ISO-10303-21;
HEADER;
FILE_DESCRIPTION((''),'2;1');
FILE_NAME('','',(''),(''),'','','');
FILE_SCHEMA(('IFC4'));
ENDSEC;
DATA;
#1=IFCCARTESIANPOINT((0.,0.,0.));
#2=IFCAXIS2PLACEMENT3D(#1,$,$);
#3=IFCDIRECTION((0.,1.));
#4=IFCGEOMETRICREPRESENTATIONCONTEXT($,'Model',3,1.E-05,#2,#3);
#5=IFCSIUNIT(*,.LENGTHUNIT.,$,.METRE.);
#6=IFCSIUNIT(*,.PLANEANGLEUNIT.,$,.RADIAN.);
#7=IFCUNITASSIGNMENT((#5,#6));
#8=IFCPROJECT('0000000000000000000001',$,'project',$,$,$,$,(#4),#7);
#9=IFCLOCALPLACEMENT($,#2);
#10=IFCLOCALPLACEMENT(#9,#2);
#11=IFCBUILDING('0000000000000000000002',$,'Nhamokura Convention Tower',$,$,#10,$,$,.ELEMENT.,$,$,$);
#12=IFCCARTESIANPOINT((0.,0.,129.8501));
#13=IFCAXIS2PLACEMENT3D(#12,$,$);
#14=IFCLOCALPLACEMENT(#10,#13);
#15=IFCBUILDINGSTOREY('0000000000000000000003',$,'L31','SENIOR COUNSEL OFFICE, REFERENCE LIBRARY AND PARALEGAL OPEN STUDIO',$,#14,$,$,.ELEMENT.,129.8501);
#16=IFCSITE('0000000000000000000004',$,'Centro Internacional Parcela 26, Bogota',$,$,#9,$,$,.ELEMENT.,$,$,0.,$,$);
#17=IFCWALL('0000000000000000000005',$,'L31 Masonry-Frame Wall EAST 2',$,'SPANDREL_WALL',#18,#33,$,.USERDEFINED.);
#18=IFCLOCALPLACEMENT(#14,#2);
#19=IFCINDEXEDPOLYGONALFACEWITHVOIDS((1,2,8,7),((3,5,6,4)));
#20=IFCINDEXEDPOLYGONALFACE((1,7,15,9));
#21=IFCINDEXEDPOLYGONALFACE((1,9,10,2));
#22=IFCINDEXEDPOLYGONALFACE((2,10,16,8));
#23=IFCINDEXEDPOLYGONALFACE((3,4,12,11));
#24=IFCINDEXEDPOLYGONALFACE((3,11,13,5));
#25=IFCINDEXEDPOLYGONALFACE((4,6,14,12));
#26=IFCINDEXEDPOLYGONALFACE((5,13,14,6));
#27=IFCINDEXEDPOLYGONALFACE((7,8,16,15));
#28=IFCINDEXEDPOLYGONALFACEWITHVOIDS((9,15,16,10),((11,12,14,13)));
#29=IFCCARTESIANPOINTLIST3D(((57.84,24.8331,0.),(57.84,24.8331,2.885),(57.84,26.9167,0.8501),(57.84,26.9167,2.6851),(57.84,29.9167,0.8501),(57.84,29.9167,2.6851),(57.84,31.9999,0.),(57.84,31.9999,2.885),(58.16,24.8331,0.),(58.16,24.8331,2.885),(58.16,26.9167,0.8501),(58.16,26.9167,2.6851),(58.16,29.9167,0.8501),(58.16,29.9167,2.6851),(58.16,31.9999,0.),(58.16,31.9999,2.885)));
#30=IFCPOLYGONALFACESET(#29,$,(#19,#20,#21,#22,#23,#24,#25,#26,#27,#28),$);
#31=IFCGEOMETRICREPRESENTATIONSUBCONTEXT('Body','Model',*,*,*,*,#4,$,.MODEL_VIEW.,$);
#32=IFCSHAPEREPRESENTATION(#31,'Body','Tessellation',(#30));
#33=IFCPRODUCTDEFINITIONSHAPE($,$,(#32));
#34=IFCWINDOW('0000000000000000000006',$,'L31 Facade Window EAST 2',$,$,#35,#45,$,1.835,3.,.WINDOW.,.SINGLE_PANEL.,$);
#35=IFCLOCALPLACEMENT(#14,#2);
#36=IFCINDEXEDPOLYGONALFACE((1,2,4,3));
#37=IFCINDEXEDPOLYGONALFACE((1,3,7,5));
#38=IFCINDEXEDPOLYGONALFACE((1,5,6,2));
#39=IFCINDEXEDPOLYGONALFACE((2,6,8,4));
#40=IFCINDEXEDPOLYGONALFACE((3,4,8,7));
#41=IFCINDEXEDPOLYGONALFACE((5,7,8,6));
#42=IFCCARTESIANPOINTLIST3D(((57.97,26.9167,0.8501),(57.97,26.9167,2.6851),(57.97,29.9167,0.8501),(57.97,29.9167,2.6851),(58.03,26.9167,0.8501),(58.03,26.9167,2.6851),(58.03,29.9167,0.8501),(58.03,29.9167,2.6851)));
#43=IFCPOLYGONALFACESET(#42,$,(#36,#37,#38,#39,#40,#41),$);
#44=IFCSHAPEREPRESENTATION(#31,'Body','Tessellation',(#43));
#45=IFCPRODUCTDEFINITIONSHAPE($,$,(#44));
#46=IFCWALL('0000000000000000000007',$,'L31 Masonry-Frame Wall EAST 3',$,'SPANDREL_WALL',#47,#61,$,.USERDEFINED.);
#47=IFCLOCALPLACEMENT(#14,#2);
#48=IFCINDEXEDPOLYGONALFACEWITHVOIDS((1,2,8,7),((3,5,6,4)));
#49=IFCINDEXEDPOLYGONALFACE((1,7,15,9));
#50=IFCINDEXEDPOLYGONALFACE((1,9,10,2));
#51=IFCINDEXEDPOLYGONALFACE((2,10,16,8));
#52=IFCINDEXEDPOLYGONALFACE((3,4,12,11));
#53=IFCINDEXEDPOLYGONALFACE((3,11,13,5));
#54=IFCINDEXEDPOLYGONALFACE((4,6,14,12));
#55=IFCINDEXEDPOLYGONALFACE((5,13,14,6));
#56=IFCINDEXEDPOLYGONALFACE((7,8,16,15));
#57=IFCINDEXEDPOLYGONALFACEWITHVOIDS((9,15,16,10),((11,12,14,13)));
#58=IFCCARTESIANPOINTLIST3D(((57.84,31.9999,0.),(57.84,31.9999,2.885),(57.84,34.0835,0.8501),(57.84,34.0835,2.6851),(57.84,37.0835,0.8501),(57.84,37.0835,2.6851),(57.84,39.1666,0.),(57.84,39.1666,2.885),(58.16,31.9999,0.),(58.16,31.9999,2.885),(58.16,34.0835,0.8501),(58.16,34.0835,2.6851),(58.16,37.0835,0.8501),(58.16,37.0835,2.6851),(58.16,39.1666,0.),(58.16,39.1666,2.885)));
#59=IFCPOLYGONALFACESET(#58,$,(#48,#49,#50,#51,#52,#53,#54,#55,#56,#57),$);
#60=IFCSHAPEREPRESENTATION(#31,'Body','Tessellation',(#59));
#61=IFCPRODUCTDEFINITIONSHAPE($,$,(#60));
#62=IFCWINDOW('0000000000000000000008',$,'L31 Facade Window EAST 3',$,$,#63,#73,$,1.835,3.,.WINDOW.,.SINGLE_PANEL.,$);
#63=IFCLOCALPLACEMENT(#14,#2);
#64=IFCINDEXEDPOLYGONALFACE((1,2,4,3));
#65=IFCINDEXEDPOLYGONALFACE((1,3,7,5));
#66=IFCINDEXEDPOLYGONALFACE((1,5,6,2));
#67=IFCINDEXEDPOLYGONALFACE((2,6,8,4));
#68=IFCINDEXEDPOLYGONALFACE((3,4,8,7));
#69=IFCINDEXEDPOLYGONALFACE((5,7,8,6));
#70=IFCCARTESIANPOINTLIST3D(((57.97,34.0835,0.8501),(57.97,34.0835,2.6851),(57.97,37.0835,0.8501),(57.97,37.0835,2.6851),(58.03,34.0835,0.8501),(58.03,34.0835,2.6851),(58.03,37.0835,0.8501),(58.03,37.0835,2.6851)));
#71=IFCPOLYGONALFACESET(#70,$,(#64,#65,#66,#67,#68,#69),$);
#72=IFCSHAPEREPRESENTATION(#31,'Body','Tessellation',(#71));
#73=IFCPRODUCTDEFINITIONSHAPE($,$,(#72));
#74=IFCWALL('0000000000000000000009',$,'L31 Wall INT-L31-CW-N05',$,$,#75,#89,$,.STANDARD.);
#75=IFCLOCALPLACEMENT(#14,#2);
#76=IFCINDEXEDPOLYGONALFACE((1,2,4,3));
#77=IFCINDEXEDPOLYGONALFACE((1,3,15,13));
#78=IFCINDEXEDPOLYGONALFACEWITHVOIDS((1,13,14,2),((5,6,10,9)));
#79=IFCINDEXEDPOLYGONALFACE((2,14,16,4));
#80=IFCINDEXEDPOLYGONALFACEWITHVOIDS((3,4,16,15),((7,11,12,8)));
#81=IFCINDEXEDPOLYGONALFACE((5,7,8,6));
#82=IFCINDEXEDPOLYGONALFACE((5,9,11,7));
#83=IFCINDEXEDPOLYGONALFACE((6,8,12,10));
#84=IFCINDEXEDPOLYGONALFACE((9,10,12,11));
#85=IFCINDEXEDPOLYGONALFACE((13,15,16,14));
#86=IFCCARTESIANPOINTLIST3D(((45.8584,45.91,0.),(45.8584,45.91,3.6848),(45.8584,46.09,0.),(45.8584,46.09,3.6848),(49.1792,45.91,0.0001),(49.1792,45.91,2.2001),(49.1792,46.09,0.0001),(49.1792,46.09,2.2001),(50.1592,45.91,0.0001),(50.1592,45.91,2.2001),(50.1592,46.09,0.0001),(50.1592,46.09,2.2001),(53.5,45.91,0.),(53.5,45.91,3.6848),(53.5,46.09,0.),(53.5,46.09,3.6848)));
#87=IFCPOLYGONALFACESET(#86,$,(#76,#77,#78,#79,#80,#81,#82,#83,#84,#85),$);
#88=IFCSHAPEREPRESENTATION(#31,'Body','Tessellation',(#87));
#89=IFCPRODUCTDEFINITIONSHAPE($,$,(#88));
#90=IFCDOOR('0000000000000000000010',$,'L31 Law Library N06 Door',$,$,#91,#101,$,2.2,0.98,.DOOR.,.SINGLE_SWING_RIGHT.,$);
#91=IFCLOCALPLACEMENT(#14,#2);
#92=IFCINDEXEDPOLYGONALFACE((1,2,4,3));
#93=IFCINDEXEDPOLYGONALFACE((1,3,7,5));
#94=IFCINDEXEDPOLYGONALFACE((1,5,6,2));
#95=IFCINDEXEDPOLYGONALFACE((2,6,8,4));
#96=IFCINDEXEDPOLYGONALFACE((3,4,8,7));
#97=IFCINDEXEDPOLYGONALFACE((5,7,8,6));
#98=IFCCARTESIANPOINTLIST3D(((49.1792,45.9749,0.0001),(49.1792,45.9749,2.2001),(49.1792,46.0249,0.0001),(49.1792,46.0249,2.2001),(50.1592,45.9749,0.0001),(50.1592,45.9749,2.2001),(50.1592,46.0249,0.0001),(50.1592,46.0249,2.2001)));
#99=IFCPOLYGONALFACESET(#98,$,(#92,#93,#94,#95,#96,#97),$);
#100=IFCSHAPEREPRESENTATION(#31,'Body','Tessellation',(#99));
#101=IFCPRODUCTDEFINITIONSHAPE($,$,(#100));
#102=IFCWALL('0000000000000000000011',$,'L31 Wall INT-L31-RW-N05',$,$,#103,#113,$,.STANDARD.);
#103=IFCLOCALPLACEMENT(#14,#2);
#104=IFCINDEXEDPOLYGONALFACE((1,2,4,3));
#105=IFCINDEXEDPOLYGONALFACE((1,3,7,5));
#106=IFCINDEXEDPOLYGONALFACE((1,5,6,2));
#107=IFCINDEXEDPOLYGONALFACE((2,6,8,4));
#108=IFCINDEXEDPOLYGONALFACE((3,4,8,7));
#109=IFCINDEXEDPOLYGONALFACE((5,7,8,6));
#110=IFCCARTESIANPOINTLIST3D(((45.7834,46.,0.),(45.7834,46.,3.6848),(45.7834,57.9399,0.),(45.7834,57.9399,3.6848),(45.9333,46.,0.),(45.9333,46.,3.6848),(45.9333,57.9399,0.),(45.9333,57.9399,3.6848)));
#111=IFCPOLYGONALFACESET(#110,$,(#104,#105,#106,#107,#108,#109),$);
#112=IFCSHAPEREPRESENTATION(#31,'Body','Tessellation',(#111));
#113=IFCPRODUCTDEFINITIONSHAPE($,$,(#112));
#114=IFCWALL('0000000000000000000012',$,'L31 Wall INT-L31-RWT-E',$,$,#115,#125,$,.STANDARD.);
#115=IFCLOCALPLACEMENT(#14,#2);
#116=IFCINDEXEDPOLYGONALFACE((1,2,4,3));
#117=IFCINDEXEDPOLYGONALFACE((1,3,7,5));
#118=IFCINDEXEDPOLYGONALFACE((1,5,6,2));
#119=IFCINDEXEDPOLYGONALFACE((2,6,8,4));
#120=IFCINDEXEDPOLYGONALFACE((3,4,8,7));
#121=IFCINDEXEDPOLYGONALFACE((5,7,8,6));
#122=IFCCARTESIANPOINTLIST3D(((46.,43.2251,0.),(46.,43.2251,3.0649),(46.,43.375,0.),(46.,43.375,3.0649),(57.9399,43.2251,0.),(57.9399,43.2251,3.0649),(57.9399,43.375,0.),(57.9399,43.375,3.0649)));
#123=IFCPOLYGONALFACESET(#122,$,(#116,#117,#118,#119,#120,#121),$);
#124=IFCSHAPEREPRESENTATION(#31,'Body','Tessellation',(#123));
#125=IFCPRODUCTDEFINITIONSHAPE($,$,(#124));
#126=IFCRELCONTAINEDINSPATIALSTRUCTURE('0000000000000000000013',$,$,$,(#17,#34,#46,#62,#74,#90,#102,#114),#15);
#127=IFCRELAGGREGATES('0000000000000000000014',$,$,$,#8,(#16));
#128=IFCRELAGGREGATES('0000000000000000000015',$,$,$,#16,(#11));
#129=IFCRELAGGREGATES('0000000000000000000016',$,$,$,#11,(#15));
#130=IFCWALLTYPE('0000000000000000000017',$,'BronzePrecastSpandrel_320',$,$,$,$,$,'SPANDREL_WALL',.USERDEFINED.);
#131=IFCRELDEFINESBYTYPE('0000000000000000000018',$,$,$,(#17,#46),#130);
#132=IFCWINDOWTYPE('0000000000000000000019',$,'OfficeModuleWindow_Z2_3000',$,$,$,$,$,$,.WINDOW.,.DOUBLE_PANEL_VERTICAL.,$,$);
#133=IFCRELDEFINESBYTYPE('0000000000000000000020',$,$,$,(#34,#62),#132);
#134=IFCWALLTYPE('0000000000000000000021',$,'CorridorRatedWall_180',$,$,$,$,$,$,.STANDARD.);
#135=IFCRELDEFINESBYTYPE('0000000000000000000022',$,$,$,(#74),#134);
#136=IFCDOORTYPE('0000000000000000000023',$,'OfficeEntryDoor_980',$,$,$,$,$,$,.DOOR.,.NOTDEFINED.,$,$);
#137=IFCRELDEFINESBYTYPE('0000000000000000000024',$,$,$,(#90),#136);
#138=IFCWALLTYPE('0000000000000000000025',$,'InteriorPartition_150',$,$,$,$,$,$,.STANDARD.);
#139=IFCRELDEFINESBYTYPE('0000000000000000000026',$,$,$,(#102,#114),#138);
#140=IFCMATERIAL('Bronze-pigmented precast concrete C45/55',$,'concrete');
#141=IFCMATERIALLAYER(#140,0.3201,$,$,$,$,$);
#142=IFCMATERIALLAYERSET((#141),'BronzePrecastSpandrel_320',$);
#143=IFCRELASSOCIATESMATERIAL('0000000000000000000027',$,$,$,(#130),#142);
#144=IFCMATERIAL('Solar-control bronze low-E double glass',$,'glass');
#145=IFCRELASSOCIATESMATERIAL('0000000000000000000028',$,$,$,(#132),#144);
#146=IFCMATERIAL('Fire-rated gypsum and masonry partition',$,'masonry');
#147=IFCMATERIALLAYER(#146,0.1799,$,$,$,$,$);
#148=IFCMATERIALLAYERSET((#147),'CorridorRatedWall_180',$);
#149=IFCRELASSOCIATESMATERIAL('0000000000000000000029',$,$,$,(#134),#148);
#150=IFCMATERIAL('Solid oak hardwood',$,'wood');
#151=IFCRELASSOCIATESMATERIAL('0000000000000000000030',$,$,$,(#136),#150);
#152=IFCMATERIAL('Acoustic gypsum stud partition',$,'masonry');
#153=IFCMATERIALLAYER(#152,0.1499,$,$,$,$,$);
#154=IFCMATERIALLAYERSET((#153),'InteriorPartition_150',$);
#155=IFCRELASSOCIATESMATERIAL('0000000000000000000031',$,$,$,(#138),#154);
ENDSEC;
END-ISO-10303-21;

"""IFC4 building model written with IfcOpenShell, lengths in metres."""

from ifc_helpers import new_model, si_unit, direction, frame, frame_2d, origin, place, context, subcontext, project, spatial, rectangle, extrude, material, layer, layer_set, type_object, element, fill, save


model = new_model("IFC4")

# Units and contexts
model_context = context("Model", 3, precision=1e-05, world=origin(), true_north=direction((0.0, 1.0)))
body_context = subcontext(model_context, "Body", "Model", "MODEL_VIEW")
ifc_project = project(units=[si_unit("LENGTHUNIT", "METRE"), si_unit("PLANEANGLEUNIT", "RADIAN")], contexts=[model_context])

# Site, building, storey
site_placement = place(None, origin())
site = spatial("IfcSite", under=ifc_project, at=site_placement, Name="Centro Internacional Parcela 26, Bogota", CompositionType="ELEMENT", RefElevation=0.0)
building_placement = place(site_placement, origin())
building = spatial("IfcBuilding", under=site, at=building_placement, Name="Nhamokura Convention Tower", CompositionType="ELEMENT")
storey_placement = place(building_placement, frame((0.0, 0.0, 129.8501)))
storey = spatial("IfcBuildingStorey", under=building, at=storey_placement, Name="L31", Description="SENIOR COUNSEL OFFICE, REFERENCE LIBRARY AND PARALEGAL OPEN STUDIO", CompositionType="ELEMENT", Elevation=129.8501)

# Walls, openings, windows
ifc_material_1 = material(Name="Bronze-pigmented precast concrete C45/55", Category="concrete")
ifc_layer_1 = layer(ifc_material_1, 0.3201)
ifc_layer_set_1 = layer_set([ifc_layer_1], Name="BronzePrecastSpandrel_320")
wall_type_1 = type_object("IfcWallType", Name="BronzePrecastSpandrel_320", ElementType="SPANDREL_WALL", PredefinedType="USERDEFINED", material=ifc_layer_set_1)
wall_1_placement = place(storey_placement, frame((58.0, 32.0, 0.0), z_axis=(0.0, 0.0, 1.0), x_axis=(0.0, -1.0, 0.0)))
wall_1 = element("IfcWall", 1, at=wall_1_placement, inside=storey, type_object=wall_type_1, Name="L31 Masonry-Frame Wall EAST 2", ObjectType="SPANDREL_WALL", PredefinedType="USERDEFINED", context=body_context, shape_type="SweptSolid", body=[
    extrude(rectangle(XDim=7.1667, YDim=0.3201, at=frame_2d((3.5835, 0.0))), origin(), (0.0, 0.0, 1.0), 2.885),
])
opening_1_placement = place(wall_1_placement, frame((2.0833, 0.0, 0.8501)))
opening_1 = element("IfcOpeningElement", 2, at=opening_1_placement, cuts=wall_1, PredefinedType="OPENING", context=body_context, shape_type="SweptSolid", body=[
    extrude(rectangle(XDim=3.0, YDim=1.835, at=frame_2d((1.5, 0.9175))), frame((0.0, 0.1699, 0.0), z_axis=(0.0, -1.0, 0.0), x_axis=(1.0, 0.0, 0.0)), (0.0, 0.0, 1.0), 0.3401),
])
ifc_material_2 = material(Name="Solar-control bronze low-E double glass", Category="glass")
window_type = type_object("IfcWindowType", Name="OfficeModuleWindow_Z2_3000", PartitioningType="DOUBLE_PANEL_VERTICAL", PredefinedType="WINDOW", material=ifc_material_2)
window_1_placement = place(opening_1_placement, origin())
window_1 = element("IfcWindow", 3, at=window_1_placement, inside=storey, type_object=window_type, Name="L31 Facade Window EAST 2", OverallHeight=1.835, OverallWidth=3.0, PartitioningType="SINGLE_PANEL", PredefinedType="WINDOW", context=body_context, shape_type="SweptSolid", body=[
    extrude(rectangle(XDim=3.0, YDim=1.835, at=frame_2d((1.5, 0.9175))), frame((0.0, 0.03, 0.0), z_axis=(0.0, -1.0, 0.0), x_axis=(1.0, 0.0, 0.0)), (0.0, 0.0, 1.0), 0.0601),
])
fill(opening_1, window_1)
wall_2_placement = place(storey_placement, frame((58.0, 39.1667, 0.0), z_axis=(0.0, 0.0, 1.0), x_axis=(0.0, -1.0, 0.0)))
wall_2 = element("IfcWall", 4, at=wall_2_placement, inside=storey, type_object=wall_type_1, Name="L31 Masonry-Frame Wall EAST 3", ObjectType="SPANDREL_WALL", PredefinedType="USERDEFINED", context=body_context, shape_type="SweptSolid", body=[
    extrude(rectangle(XDim=7.1667, YDim=0.3201, at=frame_2d((3.5835, 0.0))), origin(), (0.0, 0.0, 1.0), 2.885),
])
opening_2_placement = place(wall_2_placement, frame((2.0833, 0.0, 0.8501)))
opening_2 = element("IfcOpeningElement", 5, at=opening_2_placement, cuts=wall_2, PredefinedType="OPENING", context=body_context, shape_type="SweptSolid", body=[
    extrude(rectangle(XDim=3.0, YDim=1.835, at=frame_2d((1.5, 0.9175))), frame((0.0, 0.1699, 0.0), z_axis=(0.0, -1.0, 0.0), x_axis=(1.0, 0.0, 0.0)), (0.0, 0.0, 1.0), 0.3401),
])
window_2_placement = place(opening_2_placement, origin())
window_2 = element("IfcWindow", 6, at=window_2_placement, inside=storey, type_object=window_type, Name="L31 Facade Window EAST 3", OverallHeight=1.835, OverallWidth=3.0, PartitioningType="SINGLE_PANEL", PredefinedType="WINDOW", context=body_context, shape_type="SweptSolid", body=[
    extrude(rectangle(XDim=3.0, YDim=1.835, at=frame_2d((1.5, 0.9175))), frame((0.0, 0.03, 0.0), z_axis=(0.0, -1.0, 0.0), x_axis=(1.0, 0.0, 0.0)), (0.0, 0.0, 1.0), 0.0601),
])
fill(opening_2, window_2)

# Wall, opening, door
ifc_material_3 = material(Name="Fire-rated gypsum and masonry partition", Category="masonry")
ifc_layer_2 = layer(ifc_material_3, 0.1799)
ifc_layer_set_2 = layer_set([ifc_layer_2], Name="CorridorRatedWall_180")
wall_type_2 = type_object("IfcWallType", Name="CorridorRatedWall_180", PredefinedType="STANDARD", material=ifc_layer_set_2)
wall_3_placement = place(storey_placement, frame((45.8584, 46.0, 0.0), z_axis=(0.0, 0.0, 1.0), x_axis=(1.0, 0.0, 0.0)))
wall_3 = element("IfcWall", 7, at=wall_3_placement, inside=storey, type_object=wall_type_2, Name="L31 Wall INT-L31-CW-N05", PredefinedType="STANDARD", context=body_context, shape_type="SweptSolid", body=[
    extrude(rectangle(XDim=7.6416, YDim=0.1799, at=frame_2d((3.8208, 0.0))), origin(), (0.0, 0.0, 1.0), 3.6848),
])
opening_3_placement = place(wall_3_placement, frame((3.3208, 0.0, 0.0)))
opening_3 = element("IfcOpeningElement", 8, at=opening_3_placement, cuts=wall_3, PredefinedType="OPENING", context=body_context, shape_type="SweptSolid", body=[
    extrude(rectangle(XDim=0.98, YDim=2.2, at=frame_2d((0.49, 1.1001))), frame((0.0, 0.0999, 0.0), z_axis=(0.0, -1.0, 0.0), x_axis=(1.0, 0.0, 0.0)), (0.0, 0.0, 1.0), 0.2),
])
ifc_material_4 = material(Name="Solid oak hardwood", Category="wood")
door_type = type_object("IfcDoorType", Name="OfficeEntryDoor_980", OperationType="NOTDEFINED", PredefinedType="DOOR", material=ifc_material_4)
door_placement = place(opening_3_placement, origin())
door = element("IfcDoor", 9, at=door_placement, inside=storey, type_object=door_type, Name="L31 Law Library N06 Door", OperationType="SINGLE_SWING_RIGHT", OverallHeight=2.2, OverallWidth=0.98, PredefinedType="DOOR", context=body_context, shape_type="SweptSolid", body=[
    extrude(rectangle(XDim=0.98, YDim=2.2, at=frame_2d((0.49, 1.1001))), frame((0.0, 0.0249, 0.0), z_axis=(0.0, -1.0, 0.0), x_axis=(1.0, 0.0, 0.0)), (0.0, 0.0, 1.0), 0.05),
])
fill(opening_3, door)

# Walls
ifc_material_5 = material(Name="Acoustic gypsum stud partition", Category="masonry")
ifc_layer_3 = layer(ifc_material_5, 0.1499)
ifc_layer_set_3 = layer_set([ifc_layer_3], Name="InteriorPartition_150")
wall_type_3 = type_object("IfcWallType", Name="InteriorPartition_150", PredefinedType="STANDARD", material=ifc_layer_set_3)
wall_4_placement = place(storey_placement, frame((45.8584, 46.0, 0.0), z_axis=(0.0, 0.0, 1.0), x_axis=(0.0, 1.0, 0.0)))
element("IfcWall", 10, at=wall_4_placement, inside=storey, type_object=wall_type_3, Name="L31 Wall INT-L31-RW-N05", PredefinedType="STANDARD", context=body_context, shape_type="SweptSolid", body=[
    extrude(rectangle(XDim=11.9399, YDim=0.1499, at=frame_2d((5.97, 0.0))), origin(), (0.0, 0.0, 1.0), 3.6848),
])
wall_5_placement = place(storey_placement, frame((46.0, 43.3, 0.0), z_axis=(0.0, 0.0, 1.0), x_axis=(1.0, 0.0, 0.0)))
element("IfcWall", 11, at=wall_5_placement, inside=storey, type_object=wall_type_3, Name="L31 Wall INT-L31-RWT-E", PredefinedType="STANDARD", context=body_context, shape_type="SweptSolid", body=[
    extrude(rectangle(XDim=11.9399, YDim=0.1499, at=frame_2d((5.97, 0.0))), origin(), (0.0, 0.0, 1.0), 3.0649),
])

save(model, "model.ifc")
